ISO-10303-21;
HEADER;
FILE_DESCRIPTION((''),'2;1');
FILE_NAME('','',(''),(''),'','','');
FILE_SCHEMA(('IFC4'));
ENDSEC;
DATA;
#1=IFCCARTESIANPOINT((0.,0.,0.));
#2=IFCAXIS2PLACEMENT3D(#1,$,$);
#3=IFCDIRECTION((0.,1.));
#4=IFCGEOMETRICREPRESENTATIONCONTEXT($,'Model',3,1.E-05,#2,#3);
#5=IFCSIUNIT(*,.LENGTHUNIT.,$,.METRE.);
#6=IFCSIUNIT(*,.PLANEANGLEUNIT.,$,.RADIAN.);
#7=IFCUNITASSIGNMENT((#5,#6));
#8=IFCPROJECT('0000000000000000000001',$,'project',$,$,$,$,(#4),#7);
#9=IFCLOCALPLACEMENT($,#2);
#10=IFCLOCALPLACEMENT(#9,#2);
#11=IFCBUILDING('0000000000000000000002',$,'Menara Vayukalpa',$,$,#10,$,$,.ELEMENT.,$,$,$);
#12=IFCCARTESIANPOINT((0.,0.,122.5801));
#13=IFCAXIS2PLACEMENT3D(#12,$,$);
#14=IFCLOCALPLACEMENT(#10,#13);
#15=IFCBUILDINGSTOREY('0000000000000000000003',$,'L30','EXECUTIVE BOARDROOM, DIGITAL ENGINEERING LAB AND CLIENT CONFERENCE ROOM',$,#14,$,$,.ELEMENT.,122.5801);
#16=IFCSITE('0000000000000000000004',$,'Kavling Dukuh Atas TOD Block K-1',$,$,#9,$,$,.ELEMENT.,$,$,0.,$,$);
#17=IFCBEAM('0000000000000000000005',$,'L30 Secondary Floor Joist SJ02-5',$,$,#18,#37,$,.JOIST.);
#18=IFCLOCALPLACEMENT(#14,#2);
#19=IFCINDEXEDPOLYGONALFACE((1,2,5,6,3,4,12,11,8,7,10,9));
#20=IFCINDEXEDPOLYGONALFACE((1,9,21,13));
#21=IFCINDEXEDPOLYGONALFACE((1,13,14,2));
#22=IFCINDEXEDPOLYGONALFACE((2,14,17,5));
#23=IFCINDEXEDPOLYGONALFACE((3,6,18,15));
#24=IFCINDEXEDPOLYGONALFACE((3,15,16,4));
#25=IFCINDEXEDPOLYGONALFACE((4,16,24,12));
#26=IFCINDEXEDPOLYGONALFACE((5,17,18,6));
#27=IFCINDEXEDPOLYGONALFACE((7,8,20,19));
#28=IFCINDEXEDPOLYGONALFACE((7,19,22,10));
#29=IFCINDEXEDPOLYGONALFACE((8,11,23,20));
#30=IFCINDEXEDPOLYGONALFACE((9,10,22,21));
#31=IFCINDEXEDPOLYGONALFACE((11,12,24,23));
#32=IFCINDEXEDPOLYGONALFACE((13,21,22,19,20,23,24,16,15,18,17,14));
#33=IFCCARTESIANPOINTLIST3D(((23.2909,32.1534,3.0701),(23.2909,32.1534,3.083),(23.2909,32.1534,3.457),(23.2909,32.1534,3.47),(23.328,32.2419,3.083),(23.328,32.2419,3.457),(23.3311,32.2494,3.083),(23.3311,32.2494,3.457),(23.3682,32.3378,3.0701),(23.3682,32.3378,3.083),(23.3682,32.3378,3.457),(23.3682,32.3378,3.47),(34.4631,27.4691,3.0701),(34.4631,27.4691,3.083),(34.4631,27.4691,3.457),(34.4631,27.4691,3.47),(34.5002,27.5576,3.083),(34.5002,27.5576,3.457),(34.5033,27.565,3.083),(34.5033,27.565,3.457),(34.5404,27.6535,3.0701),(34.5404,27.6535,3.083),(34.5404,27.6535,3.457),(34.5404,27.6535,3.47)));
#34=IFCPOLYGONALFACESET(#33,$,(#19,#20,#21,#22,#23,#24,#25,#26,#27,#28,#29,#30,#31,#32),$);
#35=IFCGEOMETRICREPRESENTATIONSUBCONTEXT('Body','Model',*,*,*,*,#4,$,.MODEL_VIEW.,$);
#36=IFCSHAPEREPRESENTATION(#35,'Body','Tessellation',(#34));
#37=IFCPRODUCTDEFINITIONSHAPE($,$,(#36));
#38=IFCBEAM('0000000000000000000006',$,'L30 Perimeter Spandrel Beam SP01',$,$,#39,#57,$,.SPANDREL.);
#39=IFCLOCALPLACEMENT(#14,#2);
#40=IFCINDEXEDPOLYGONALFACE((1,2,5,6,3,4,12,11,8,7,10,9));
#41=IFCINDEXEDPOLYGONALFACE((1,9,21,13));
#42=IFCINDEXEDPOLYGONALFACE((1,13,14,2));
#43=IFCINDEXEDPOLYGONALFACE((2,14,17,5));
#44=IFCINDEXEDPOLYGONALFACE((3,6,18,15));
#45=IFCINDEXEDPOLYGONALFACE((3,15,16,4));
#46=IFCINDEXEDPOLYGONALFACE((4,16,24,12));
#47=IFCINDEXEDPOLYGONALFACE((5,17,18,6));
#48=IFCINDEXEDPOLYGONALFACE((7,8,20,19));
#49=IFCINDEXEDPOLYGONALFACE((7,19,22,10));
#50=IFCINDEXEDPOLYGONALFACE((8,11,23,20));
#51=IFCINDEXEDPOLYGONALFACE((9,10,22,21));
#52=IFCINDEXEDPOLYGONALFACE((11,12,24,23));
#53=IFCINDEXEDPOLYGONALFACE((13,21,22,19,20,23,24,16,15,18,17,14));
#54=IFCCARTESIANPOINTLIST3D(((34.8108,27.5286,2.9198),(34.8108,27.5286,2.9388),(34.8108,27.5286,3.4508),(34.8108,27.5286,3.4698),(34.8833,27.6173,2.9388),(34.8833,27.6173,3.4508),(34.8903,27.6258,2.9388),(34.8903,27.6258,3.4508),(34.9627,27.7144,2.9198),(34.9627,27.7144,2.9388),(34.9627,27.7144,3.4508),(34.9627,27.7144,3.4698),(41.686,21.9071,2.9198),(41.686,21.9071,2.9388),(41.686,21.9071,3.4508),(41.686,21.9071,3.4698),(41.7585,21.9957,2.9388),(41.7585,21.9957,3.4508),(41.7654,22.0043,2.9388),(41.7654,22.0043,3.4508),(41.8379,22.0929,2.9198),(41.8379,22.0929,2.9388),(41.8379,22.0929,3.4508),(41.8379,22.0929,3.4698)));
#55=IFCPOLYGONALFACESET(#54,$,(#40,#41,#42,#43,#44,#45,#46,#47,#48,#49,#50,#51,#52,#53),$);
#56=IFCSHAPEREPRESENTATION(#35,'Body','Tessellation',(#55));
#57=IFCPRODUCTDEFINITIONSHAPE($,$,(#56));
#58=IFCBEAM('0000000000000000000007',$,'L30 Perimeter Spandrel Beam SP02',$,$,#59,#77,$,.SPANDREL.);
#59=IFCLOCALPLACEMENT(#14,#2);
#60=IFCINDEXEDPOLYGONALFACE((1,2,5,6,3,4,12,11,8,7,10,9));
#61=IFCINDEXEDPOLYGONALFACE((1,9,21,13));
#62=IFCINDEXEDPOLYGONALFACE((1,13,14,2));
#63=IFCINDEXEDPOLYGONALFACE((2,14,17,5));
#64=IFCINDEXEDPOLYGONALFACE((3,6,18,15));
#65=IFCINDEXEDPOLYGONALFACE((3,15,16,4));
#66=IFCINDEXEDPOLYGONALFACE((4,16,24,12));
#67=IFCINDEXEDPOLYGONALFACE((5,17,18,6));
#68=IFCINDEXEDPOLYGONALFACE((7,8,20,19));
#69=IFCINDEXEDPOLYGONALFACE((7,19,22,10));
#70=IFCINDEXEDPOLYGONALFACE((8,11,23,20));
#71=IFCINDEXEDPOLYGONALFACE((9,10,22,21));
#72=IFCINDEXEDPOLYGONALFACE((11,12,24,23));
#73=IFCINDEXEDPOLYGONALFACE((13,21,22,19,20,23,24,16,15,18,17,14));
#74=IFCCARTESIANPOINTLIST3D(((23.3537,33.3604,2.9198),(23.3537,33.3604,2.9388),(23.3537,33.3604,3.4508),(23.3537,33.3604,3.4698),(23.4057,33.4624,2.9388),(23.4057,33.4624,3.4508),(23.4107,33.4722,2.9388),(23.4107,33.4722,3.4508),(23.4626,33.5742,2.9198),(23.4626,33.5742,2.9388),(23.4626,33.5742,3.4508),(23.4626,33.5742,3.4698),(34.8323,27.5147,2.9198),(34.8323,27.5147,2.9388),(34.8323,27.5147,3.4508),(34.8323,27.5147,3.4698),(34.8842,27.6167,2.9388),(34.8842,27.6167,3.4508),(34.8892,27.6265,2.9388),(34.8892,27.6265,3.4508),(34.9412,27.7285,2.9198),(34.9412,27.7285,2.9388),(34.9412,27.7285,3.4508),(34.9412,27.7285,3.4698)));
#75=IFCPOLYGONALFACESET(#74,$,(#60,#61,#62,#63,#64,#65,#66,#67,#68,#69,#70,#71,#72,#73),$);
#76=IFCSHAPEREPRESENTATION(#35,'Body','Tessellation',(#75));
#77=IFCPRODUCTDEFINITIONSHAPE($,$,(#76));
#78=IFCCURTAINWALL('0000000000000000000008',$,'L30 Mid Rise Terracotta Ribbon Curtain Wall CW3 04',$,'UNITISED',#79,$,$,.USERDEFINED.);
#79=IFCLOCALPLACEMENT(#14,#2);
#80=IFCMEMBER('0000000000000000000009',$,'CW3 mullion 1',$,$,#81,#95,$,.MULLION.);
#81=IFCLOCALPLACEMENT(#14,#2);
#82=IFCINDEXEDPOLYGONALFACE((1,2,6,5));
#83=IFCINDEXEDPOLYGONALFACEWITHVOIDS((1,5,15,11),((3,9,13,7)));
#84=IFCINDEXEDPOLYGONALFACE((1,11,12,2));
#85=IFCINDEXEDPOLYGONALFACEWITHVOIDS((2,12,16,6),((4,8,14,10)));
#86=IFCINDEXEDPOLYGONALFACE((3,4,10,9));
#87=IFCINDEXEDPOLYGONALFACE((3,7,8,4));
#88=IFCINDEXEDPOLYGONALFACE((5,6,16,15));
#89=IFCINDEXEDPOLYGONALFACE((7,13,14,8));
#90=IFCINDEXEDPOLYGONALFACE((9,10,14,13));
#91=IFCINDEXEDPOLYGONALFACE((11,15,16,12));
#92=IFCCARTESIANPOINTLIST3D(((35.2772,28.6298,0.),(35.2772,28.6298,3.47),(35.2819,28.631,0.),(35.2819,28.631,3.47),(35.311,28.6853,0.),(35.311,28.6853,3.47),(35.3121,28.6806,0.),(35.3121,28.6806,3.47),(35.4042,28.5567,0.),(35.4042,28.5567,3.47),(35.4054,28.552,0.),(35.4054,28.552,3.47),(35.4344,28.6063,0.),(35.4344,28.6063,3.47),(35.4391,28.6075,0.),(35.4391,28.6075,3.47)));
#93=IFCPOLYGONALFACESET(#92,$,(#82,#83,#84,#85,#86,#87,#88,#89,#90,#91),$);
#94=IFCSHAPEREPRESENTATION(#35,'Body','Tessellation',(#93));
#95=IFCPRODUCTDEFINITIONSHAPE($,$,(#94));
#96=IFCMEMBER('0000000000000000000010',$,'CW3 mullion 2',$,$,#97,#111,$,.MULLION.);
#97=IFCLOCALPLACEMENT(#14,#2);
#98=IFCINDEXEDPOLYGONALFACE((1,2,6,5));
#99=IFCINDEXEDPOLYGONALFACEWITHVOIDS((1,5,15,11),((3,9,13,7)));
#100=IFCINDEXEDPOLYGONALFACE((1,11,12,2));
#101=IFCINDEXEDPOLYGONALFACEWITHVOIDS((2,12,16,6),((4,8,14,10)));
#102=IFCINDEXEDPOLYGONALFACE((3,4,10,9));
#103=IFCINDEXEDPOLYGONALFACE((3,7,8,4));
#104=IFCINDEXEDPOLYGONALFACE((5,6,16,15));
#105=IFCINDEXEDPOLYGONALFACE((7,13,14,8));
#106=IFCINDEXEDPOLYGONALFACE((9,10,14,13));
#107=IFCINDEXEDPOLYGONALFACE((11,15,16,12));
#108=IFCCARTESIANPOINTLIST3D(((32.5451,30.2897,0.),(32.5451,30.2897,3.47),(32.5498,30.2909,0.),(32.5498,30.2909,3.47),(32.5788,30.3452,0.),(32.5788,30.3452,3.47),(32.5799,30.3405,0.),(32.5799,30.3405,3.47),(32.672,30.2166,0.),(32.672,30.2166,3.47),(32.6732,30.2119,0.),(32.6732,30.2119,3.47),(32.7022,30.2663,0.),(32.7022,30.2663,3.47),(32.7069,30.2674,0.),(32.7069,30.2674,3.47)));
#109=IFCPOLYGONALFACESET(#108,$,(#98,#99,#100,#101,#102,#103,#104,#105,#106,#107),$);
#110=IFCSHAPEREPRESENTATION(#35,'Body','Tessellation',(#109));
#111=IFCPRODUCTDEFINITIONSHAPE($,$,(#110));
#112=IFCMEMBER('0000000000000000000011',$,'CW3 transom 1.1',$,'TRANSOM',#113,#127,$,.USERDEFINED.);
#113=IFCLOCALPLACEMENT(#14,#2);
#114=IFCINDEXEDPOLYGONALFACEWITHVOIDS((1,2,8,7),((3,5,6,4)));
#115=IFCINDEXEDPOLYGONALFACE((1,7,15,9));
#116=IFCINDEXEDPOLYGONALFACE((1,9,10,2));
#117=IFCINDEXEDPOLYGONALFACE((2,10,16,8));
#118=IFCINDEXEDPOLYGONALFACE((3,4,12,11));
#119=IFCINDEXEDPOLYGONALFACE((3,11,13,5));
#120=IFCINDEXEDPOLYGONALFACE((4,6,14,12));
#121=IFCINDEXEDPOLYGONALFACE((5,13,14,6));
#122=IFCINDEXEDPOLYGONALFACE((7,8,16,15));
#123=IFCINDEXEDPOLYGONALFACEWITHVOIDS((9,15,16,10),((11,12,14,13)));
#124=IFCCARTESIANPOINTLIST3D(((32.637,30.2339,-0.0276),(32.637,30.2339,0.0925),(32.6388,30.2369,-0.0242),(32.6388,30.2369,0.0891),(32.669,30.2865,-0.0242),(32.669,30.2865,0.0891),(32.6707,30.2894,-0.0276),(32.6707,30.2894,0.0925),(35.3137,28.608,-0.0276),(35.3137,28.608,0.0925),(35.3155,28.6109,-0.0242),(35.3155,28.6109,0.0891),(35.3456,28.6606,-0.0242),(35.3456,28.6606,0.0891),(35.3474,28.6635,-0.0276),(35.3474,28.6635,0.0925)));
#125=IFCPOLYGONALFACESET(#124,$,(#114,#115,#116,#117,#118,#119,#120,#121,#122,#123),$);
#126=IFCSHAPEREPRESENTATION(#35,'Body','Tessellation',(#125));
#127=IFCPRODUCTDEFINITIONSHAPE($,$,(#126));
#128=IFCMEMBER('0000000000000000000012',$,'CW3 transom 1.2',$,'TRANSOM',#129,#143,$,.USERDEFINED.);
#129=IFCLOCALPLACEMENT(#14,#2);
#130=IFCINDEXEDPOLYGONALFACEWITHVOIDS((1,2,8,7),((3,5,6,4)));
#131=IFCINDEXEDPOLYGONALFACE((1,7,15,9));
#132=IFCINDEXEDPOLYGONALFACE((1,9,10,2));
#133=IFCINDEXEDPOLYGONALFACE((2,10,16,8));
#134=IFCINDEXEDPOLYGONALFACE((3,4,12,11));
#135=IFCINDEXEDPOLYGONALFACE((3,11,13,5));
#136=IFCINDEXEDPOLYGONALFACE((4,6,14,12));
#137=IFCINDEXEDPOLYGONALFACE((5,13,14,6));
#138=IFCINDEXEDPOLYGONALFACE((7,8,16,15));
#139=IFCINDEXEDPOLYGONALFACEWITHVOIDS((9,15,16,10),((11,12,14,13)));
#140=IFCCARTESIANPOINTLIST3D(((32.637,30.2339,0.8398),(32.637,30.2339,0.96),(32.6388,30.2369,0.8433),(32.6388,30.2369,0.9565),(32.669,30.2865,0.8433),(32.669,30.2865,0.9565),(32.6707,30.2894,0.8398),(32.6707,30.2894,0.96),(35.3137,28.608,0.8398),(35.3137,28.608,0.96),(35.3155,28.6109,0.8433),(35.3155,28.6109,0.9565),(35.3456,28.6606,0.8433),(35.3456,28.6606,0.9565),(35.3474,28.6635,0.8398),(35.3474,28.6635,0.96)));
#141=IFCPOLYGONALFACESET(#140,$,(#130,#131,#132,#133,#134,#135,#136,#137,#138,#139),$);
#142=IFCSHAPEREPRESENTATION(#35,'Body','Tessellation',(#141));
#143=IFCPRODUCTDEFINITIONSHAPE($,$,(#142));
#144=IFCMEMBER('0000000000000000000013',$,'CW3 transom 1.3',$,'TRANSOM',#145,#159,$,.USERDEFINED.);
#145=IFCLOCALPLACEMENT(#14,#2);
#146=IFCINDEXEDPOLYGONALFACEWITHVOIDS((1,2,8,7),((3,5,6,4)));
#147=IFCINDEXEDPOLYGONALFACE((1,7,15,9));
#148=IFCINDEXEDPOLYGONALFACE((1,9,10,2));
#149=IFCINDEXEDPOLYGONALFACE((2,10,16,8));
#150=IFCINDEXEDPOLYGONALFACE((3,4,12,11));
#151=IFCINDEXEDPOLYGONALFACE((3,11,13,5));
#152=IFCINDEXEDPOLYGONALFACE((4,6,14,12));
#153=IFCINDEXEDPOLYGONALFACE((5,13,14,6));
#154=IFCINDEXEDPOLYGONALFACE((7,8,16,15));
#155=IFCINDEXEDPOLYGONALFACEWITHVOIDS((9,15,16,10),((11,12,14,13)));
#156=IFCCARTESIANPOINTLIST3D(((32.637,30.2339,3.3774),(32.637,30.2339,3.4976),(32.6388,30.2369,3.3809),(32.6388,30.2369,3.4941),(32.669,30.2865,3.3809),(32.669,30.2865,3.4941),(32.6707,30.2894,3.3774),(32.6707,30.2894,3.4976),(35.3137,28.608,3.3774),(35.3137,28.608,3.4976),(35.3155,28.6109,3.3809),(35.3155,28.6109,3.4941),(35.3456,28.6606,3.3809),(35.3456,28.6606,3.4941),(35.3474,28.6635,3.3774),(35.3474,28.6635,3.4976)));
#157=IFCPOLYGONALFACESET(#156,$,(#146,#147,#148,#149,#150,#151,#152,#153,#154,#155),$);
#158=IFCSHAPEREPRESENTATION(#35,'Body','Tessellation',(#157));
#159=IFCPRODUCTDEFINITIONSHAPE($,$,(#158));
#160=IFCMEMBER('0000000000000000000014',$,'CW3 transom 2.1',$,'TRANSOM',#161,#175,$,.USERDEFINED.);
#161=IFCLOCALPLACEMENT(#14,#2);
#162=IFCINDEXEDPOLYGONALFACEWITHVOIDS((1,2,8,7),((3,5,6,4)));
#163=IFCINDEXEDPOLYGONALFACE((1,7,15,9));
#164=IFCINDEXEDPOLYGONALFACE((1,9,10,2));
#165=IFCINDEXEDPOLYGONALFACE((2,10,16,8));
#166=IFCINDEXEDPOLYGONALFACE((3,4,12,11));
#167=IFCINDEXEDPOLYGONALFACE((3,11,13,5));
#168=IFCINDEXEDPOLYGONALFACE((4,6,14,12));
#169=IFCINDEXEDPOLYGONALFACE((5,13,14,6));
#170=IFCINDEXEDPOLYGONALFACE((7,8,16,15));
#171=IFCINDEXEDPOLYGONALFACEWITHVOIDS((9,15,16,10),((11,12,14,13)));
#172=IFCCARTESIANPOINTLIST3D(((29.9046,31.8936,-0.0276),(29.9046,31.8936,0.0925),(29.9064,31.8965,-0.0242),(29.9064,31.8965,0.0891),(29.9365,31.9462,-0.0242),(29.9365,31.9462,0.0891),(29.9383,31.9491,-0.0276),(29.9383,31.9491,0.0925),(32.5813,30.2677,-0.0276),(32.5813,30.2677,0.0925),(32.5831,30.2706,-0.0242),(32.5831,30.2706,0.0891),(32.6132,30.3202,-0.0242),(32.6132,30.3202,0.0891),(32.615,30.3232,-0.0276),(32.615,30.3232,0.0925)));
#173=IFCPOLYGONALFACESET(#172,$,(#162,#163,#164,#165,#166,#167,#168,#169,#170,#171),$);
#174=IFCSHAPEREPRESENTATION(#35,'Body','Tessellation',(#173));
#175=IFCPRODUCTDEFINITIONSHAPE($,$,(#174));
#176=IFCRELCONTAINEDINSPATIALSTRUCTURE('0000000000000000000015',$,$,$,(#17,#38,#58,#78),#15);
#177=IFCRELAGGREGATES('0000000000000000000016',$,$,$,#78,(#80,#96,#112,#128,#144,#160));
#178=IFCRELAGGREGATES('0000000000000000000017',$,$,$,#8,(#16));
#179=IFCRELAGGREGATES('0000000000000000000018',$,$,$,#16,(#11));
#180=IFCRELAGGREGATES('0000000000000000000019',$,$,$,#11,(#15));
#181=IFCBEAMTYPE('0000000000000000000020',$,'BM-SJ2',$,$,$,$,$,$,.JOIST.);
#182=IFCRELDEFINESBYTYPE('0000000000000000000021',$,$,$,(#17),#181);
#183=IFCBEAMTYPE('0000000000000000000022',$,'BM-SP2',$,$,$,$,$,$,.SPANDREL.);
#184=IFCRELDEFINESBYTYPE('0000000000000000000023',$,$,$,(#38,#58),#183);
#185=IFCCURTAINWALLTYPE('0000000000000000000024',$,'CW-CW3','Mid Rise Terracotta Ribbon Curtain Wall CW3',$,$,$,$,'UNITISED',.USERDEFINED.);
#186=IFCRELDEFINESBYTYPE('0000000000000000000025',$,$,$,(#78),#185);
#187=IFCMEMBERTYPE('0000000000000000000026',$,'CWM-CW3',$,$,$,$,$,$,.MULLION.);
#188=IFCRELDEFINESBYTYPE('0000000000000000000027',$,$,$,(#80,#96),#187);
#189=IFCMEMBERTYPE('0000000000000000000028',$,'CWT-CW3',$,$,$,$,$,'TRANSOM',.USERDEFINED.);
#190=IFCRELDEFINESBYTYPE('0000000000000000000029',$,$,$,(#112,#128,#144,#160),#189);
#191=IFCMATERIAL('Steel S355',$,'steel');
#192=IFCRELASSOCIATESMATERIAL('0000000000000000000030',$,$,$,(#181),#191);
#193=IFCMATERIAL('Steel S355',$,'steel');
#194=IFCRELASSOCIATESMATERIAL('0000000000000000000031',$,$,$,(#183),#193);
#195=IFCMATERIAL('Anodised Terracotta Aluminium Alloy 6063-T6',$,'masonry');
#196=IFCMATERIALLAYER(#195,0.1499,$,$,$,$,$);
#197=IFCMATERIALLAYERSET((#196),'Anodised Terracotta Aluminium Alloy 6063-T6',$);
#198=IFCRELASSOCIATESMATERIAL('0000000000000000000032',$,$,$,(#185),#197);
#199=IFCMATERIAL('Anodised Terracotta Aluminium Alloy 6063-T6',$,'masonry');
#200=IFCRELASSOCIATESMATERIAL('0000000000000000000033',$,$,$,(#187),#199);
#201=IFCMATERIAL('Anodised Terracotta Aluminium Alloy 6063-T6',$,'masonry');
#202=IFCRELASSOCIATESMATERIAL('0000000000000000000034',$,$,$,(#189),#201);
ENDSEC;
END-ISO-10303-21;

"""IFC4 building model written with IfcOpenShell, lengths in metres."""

from ifc_helpers import new_model, si_unit, direction, frame, origin, origin_2d, place, context, subcontext, project, spatial, hollow_rectangle, i_section, extrude, material, layer, layer_set, material_profile, profile_set, type_object, element, aggregate, save


model = new_model("IFC4")

# Units and contexts
model_context = context("Model", 3, precision=1e-05, world=origin(), true_north=direction((0.0, 1.0)))
body_context = subcontext(model_context, "Body", "Model", "MODEL_VIEW")
ifc_project = project(units=[si_unit("LENGTHUNIT", "METRE"), si_unit("PLANEANGLEUNIT", "RADIAN")], contexts=[model_context])

# Site, building, storey
site_placement = place(None, origin())
site = spatial("IfcSite", under=ifc_project, at=site_placement, Name="Kavling Dukuh Atas TOD Block K-1", CompositionType="ELEMENT", RefElevation=0.0)
building_placement = place(site_placement, origin())
building = spatial("IfcBuilding", under=site, at=building_placement, Name="Menara Vayukalpa", CompositionType="ELEMENT")
storey_placement = place(building_placement, frame((0.0, 0.0, 122.5801)))
storey = spatial("IfcBuildingStorey", under=building, at=storey_placement, Name="L30", Description="EXECUTIVE BOARDROOM, DIGITAL ENGINEERING LAB AND CLIENT CONFERENCE ROOM", CompositionType="ELEMENT", Elevation=122.5801)

# Beams
ifc_material_1 = material(Name="Steel S355", Category="steel")
ifc_material_profile_1 = material_profile(ifc_material_1, i_section(OverallWidth=0.2, OverallDepth=0.3999, WebThickness=0.0081, FlangeThickness=0.0129, at=origin_2d()), Name="WF 400x200x8x13")
ifc_profile_set_1 = profile_set([ifc_material_profile_1], Name="Steel S355")
beam_type_1 = type_object("IfcBeamType", Name="BM-SJ2", PredefinedType="JOIST", material=ifc_profile_set_1)
beam_1_placement = place(storey_placement, frame((34.5017, 27.5613, 3.27), z_axis=(-0.922217, 0.386674, 0.0), x_axis=(-0.386674, -0.922217, 0.0)))
element("IfcBeam", 1, at=beam_1_placement, inside=storey, type_object=beam_type_1, Name="L30 Secondary Floor Joist SJ02-5", PredefinedType="JOIST", context=body_context, shape_type="SweptSolid", body=[
    extrude(i_section(OverallWidth=0.2, OverallDepth=0.3999, WebThickness=0.0081, FlangeThickness=0.0129, at=origin_2d()), origin(), (0.0, 0.0, 1.0), 12.1145),
])
ifc_material_2 = material(Name="Steel S355", Category="steel")
ifc_material_profile_2 = material_profile(ifc_material_2, i_section(OverallWidth=0.24, OverallDepth=0.55, WebThickness=0.011, FlangeThickness=0.019, at=origin_2d()), Name="WF 550x240x11x19")
ifc_profile_set_2 = profile_set([ifc_material_profile_2], Name="Steel S355")
beam_type_2 = type_object("IfcBeamType", Name="BM-SP2", PredefinedType="SPANDREL", material=ifc_profile_set_2)
beam_2_placement = place(storey_placement, frame((41.762, 22.0, 3.1948), z_axis=(-0.774157, 0.632994, 0.0), x_axis=(-0.632994, -0.774157, 0.0)))
element("IfcBeam", 2, at=beam_2_placement, inside=storey, type_object=beam_type_2, Name="L30 Perimeter Spandrel Beam SP01", PredefinedType="SPANDREL", context=body_context, shape_type="SweptSolid", body=[
    extrude(i_section(OverallWidth=0.24, OverallDepth=0.55, WebThickness=0.011, FlangeThickness=0.019, at=origin_2d()), origin(), (0.0, 0.0, 1.0), 8.8809),
])
beam_3_placement = place(storey_placement, frame((34.8867, 27.6216, 3.1948), z_axis=(-0.891097, 0.453812, 0.0), x_axis=(-0.453812, -0.891097, 0.0)))
element("IfcBeam", 3, at=beam_3_placement, inside=storey, type_object=beam_type_2, Name="L30 Perimeter Spandrel Beam SP02", PredefinedType="SPANDREL", context=body_context, shape_type="SweptSolid", body=[
    extrude(i_section(OverallWidth=0.24, OverallDepth=0.55, WebThickness=0.011, FlangeThickness=0.019, at=origin_2d()), origin(), (0.0, 0.0, 1.0), 12.8813),
])

# Curtain wall, members
ifc_material_3 = material(Name="Anodised Terracotta Aluminium Alloy 6063-T6", Category="masonry")
ifc_layer_1 = layer(ifc_material_3, 0.1499)
ifc_layer_set_1 = layer_set([ifc_layer_1], Name="Anodised Terracotta Aluminium Alloy 6063-T6")
curtain_wall_type = type_object("IfcCurtainWallType", Name="CW-CW3", Description="Mid Rise Terracotta Ribbon Curtain Wall CW3", ElementType="UNITISED", PredefinedType="USERDEFINED", material=ifc_layer_set_1)
curtain_wall_placement = place(storey_placement, origin())
curtain_wall = element("IfcCurtainWall", 4, at=curtain_wall_placement, inside=storey, type_object=curtain_wall_type, Name="L30 Mid Rise Terracotta Ribbon Curtain Wall CW3 04", ObjectType="UNITISED", PredefinedType="USERDEFINED")
ifc_material_4 = material(Name="Anodised Terracotta Aluminium Alloy 6063-T6", Category="masonry")
ifc_material_profile_3 = material_profile(ifc_material_4, hollow_rectangle(XDim=0.0649, YDim=0.1499, WallThickness=0.0034, at=origin_2d()), Name="ALU 65x150x3.5")
ifc_profile_set_3 = profile_set([ifc_material_profile_3], Name="Anodised Terracotta Aluminium Alloy 6063-T6")
member_type_1 = type_object("IfcMemberType", Name="CWM-CW3", PredefinedType="MULLION", material=ifc_profile_set_3)
member_1_placement = place(storey_placement, frame((35.3582, 28.6187, 0.0), z_axis=(0.0, 0.0, 1.0), x_axis=(-0.519183, -0.854663, 0.0)))
member_1 = element("IfcMember", 5, at=member_1_placement, type_object=member_type_1, Name="CW3 mullion 1", PredefinedType="MULLION", context=body_context, shape_type="SweptSolid", body=[
    extrude(hollow_rectangle(XDim=0.0649, YDim=0.1499, WallThickness=0.0034, at=origin_2d()), origin(), (0.0, 0.0, 1.0), 3.47),
])
member_2_placement = place(storey_placement, frame((32.626, 30.2786, 0.0), z_axis=(0.0, 0.0, 1.0), x_axis=(-0.519183, -0.854663, 0.0)))
member_2 = element("IfcMember", 6, at=member_2_placement, type_object=member_type_1, Name="CW3 mullion 2", PredefinedType="MULLION", context=body_context, shape_type="SweptSolid", body=[
    extrude(hollow_rectangle(XDim=0.0649, YDim=0.1499, WallThickness=0.0034, at=origin_2d()), origin(), (0.0, 0.0, 1.0), 3.47),
])
ifc_material_5 = material(Name="Anodised Terracotta Aluminium Alloy 6063-T6", Category="masonry")
ifc_material_profile_4 = material_profile(ifc_material_5, hollow_rectangle(XDim=0.0649, YDim=0.1201, WallThickness=0.0034, at=origin_2d()), Name="ALU 65x120x3.5")
ifc_profile_set_4 = profile_set([ifc_material_profile_4], Name="Anodised Terracotta Aluminium Alloy 6063-T6")
member_type_2 = type_object("IfcMemberType", Name="CWT-CW3", ElementType="TRANSOM", PredefinedType="USERDEFINED", material=ifc_profile_set_4)
member_3_placement = place(storey_placement, frame((35.3306, 28.6357, 0.0325), z_axis=(-0.854674, 0.519165, 0.0), x_axis=(-0.519165, -0.854674, 0.0)))
member_3 = element("IfcMember", 7, at=member_3_placement, type_object=member_type_2, Name="CW3 transom 1.1", ObjectType="TRANSOM", PredefinedType="USERDEFINED", context=body_context, shape_type="SweptSolid", body=[
    extrude(hollow_rectangle(XDim=0.0649, YDim=0.1201, WallThickness=0.0034, at=origin_2d()), origin(), (0.0, 0.0, 1.0), 3.1318),
])
member_4_placement = place(storey_placement, frame((35.3306, 28.6357, 0.8999), z_axis=(-0.854674, 0.519165, 0.0), x_axis=(-0.519165, -0.854674, 0.0)))
member_4 = element("IfcMember", 8, at=member_4_placement, type_object=member_type_2, Name="CW3 transom 1.2", ObjectType="TRANSOM", PredefinedType="USERDEFINED", context=body_context, shape_type="SweptSolid", body=[
    extrude(hollow_rectangle(XDim=0.0649, YDim=0.1201, WallThickness=0.0034, at=origin_2d()), origin(), (0.0, 0.0, 1.0), 3.1318),
])
member_5_placement = place(storey_placement, frame((35.3306, 28.6357, 3.4375), z_axis=(-0.854674, 0.519165, 0.0), x_axis=(-0.519165, -0.854674, 0.0)))
member_5 = element("IfcMember", 9, at=member_5_placement, type_object=member_type_2, Name="CW3 transom 1.3", ObjectType="TRANSOM", PredefinedType="USERDEFINED", context=body_context, shape_type="SweptSolid", body=[
    extrude(hollow_rectangle(XDim=0.0649, YDim=0.1201, WallThickness=0.0034, at=origin_2d()), origin(), (0.0, 0.0, 1.0), 3.1318),
])
member_6_placement = place(storey_placement, frame((32.5981, 30.2954, 0.0325), z_axis=(-0.854674, 0.519165, 0.0), x_axis=(-0.519165, -0.854674, 0.0)))
member_6 = element("IfcMember", 10, at=member_6_placement, type_object=member_type_2, Name="CW3 transom 2.1", ObjectType="TRANSOM", PredefinedType="USERDEFINED", context=body_context, shape_type="SweptSolid", body=[
    extrude(hollow_rectangle(XDim=0.0649, YDim=0.1201, WallThickness=0.0034, at=origin_2d()), origin(), (0.0, 0.0, 1.0), 3.1318),
])
aggregate(curtain_wall, [member_1, member_2, member_3, member_4, member_5, member_6])

save(model, "model.ifc")
